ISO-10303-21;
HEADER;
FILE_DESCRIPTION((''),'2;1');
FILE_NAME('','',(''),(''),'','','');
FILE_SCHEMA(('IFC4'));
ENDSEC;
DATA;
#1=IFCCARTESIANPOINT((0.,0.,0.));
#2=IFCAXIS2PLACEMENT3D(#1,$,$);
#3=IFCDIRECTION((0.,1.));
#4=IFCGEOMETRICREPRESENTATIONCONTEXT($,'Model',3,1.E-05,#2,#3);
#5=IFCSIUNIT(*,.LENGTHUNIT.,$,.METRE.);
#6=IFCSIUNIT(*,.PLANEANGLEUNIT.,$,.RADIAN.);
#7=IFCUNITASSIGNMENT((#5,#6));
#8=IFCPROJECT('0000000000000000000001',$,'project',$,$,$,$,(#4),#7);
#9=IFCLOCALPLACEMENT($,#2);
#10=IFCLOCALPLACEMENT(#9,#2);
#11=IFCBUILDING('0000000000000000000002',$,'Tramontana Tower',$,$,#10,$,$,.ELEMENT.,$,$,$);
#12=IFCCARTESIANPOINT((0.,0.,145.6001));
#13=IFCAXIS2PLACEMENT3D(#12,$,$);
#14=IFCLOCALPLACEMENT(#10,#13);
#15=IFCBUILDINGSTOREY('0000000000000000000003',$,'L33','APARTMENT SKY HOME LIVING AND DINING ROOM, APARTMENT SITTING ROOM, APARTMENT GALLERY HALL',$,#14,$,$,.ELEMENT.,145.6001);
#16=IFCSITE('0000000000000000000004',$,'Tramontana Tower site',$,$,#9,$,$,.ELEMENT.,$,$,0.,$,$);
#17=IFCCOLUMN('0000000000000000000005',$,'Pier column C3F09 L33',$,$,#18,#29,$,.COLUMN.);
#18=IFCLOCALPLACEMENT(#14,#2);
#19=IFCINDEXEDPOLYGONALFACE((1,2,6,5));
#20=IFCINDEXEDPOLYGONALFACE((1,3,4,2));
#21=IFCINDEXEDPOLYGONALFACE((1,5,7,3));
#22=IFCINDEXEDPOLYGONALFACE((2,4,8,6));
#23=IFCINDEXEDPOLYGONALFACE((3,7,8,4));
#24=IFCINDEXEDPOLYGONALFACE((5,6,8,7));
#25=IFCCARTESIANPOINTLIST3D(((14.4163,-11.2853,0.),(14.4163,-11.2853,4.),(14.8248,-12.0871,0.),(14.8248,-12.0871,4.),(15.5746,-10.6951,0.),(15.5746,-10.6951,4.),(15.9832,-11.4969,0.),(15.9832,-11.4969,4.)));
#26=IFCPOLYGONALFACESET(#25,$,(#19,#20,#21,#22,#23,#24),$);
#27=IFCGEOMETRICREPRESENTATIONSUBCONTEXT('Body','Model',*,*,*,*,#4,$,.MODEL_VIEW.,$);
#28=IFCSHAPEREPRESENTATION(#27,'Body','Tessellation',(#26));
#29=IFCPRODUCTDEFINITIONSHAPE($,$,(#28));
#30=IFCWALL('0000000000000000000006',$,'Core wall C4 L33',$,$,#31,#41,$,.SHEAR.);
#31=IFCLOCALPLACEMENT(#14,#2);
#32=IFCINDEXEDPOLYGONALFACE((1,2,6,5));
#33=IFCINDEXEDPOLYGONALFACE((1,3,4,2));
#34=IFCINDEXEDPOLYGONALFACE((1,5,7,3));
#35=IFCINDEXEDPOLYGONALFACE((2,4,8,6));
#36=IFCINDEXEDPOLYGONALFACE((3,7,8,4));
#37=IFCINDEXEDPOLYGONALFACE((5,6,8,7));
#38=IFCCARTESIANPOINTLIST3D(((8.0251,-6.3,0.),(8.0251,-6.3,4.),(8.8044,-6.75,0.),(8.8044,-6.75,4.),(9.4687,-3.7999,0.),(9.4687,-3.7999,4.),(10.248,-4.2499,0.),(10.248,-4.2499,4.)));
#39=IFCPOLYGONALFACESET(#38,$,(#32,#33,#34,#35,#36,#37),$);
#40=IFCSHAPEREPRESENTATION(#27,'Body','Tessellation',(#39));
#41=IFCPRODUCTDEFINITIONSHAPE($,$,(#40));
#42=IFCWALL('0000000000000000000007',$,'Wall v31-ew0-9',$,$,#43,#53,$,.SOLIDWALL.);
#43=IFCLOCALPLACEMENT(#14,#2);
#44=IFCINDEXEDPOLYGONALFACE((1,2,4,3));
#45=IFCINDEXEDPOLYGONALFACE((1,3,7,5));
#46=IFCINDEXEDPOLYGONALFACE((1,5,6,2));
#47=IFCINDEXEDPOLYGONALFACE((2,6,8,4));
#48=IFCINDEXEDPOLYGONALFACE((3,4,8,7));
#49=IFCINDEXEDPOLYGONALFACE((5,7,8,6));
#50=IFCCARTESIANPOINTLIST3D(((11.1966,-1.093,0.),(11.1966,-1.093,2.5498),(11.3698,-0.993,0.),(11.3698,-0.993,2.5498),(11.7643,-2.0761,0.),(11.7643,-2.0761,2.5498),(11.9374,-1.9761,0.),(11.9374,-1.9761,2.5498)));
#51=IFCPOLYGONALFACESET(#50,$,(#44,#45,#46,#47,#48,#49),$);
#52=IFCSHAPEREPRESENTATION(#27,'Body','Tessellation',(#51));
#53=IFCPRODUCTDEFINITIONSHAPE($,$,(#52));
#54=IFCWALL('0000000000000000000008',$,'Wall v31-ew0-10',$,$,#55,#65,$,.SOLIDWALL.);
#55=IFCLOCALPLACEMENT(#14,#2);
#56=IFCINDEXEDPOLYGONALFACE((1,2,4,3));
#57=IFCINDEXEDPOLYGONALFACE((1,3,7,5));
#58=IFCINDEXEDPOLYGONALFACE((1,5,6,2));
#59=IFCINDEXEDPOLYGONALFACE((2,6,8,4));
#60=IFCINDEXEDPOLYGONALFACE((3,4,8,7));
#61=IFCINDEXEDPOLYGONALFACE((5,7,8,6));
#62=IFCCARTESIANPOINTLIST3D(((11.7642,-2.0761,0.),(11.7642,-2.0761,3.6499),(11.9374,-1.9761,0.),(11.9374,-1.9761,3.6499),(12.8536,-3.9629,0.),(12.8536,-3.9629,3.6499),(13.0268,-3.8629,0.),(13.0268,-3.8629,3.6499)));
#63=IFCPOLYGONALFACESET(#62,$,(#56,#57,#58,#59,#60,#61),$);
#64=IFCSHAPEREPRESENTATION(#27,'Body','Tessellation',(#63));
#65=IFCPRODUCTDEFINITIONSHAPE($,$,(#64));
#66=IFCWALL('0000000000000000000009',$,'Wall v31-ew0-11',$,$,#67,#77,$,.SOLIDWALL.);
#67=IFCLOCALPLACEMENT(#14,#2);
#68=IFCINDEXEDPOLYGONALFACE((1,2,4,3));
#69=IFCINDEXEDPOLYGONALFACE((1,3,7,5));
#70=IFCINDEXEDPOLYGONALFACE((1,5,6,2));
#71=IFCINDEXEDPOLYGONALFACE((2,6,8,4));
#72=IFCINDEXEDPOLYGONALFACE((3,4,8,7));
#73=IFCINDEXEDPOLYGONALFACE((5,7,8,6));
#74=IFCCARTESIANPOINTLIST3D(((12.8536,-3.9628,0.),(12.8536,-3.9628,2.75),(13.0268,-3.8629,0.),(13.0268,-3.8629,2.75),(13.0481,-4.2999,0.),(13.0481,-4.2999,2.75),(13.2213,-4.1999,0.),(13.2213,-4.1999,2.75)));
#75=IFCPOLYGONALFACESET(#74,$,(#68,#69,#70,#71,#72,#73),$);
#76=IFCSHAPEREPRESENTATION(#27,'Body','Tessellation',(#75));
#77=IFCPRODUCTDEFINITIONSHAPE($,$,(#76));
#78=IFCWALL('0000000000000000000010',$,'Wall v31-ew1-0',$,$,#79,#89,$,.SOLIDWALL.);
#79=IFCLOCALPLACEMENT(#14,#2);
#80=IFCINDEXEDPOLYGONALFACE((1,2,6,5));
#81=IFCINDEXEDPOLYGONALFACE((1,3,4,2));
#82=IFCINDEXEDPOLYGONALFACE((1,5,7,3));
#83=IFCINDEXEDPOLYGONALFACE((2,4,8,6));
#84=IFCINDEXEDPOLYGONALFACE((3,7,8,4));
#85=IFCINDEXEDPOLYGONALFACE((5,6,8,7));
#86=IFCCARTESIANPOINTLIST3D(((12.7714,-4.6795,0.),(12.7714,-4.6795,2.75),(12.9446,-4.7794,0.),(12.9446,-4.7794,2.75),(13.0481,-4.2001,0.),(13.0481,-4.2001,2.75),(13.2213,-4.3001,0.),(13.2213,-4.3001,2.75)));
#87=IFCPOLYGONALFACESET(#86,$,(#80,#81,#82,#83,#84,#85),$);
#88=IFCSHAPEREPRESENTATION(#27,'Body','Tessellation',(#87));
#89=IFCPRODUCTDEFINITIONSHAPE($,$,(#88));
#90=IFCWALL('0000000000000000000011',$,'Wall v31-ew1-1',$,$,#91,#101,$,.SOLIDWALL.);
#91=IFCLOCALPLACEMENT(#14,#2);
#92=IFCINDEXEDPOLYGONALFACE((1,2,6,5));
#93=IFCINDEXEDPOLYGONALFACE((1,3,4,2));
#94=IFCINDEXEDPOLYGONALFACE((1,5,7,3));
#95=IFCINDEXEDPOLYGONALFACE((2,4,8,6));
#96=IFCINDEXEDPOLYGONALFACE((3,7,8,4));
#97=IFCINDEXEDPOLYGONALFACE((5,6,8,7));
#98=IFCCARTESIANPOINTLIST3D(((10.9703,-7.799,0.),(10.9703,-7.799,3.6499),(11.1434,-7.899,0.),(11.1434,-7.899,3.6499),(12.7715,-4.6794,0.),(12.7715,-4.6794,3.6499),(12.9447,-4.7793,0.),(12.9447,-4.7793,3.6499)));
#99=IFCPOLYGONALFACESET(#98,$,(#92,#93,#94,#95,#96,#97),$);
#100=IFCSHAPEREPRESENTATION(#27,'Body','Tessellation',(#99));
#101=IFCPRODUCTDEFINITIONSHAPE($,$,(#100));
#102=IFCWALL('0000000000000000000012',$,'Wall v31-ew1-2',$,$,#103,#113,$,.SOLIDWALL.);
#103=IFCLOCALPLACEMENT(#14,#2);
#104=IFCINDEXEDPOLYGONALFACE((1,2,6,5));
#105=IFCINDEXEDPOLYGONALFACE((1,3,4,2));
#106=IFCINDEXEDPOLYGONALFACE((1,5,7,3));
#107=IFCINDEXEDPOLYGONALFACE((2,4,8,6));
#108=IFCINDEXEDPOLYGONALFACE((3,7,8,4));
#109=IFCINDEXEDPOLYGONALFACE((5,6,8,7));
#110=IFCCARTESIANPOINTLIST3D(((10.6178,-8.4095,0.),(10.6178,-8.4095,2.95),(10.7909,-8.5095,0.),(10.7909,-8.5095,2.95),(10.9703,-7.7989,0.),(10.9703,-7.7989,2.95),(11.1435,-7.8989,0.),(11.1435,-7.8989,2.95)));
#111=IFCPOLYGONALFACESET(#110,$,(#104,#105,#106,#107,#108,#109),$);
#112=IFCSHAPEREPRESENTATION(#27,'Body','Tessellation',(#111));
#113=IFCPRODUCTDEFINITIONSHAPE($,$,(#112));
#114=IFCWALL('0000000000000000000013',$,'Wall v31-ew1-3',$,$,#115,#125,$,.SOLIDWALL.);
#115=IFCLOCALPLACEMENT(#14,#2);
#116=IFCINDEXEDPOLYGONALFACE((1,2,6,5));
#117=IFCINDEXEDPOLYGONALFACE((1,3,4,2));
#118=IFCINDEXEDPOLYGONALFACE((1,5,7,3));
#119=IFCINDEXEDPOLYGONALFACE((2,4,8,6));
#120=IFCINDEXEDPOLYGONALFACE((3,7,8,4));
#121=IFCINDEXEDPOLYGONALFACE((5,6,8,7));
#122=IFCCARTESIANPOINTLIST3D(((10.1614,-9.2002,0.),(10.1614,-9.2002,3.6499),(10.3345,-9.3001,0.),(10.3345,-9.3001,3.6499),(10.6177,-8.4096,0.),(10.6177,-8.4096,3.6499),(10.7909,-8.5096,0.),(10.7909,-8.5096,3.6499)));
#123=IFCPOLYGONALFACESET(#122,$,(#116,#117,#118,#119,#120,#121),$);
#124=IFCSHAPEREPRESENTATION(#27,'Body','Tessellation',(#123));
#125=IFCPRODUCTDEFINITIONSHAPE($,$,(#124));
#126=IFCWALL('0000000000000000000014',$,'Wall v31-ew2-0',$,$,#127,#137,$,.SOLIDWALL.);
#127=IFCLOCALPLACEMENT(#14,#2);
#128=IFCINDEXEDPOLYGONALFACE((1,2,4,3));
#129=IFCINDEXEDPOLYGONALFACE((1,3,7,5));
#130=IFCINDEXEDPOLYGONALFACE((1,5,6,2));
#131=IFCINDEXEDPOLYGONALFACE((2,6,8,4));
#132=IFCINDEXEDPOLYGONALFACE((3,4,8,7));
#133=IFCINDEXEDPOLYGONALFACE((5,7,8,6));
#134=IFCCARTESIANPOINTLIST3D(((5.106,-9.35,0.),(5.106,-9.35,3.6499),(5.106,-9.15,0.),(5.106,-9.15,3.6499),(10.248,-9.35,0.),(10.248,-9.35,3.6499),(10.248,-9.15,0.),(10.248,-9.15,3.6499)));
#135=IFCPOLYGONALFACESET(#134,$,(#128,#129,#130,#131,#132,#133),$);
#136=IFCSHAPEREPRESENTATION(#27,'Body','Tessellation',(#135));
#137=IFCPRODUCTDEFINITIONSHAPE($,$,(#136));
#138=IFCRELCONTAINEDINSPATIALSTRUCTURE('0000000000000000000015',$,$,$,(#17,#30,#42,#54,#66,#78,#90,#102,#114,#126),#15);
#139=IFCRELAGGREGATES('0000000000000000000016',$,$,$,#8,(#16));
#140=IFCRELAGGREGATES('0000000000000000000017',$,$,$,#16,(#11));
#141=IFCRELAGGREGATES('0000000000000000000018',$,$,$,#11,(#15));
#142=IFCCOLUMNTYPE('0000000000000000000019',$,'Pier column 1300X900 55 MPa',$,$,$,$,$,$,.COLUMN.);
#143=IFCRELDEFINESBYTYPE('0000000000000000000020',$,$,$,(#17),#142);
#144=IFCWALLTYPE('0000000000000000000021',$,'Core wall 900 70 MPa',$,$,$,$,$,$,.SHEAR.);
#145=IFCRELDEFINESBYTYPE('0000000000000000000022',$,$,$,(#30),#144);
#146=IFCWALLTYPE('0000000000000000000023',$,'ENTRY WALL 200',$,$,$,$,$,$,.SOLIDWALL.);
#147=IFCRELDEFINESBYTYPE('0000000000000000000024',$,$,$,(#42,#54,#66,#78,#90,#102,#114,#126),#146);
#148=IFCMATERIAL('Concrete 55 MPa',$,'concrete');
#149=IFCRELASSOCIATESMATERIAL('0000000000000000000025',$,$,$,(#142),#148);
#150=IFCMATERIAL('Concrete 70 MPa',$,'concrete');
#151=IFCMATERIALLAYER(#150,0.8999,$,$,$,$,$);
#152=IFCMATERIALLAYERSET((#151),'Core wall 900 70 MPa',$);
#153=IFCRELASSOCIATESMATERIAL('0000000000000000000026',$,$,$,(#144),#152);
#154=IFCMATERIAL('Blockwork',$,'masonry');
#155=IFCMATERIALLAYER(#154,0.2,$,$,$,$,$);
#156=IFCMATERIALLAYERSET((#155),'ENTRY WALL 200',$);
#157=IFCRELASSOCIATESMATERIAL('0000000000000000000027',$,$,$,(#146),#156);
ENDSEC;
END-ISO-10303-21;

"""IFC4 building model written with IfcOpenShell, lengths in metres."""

from ifc_helpers import new_model, si_unit, direction, frame, frame_2d, origin, origin_2d, place, context, subcontext, project, spatial, rectangle, extrude, material, layer, layer_set, material_profile, profile_set, type_object, element, save


model = new_model("IFC4")

# Units and contexts
model_context = context("Model", 3, precision=1e-05, world=origin(), true_north=direction((0.0, 1.0)))
body_context = subcontext(model_context, "Body", "Model", "MODEL_VIEW")
ifc_project = project(units=[si_unit("LENGTHUNIT", "METRE"), si_unit("PLANEANGLEUNIT", "RADIAN")], contexts=[model_context])

# Site, building, storey
site_placement = place(None, origin())
site = spatial("IfcSite", under=ifc_project, at=site_placement, Name="Tramontana Tower site", CompositionType="ELEMENT", RefElevation=0.0)
building_placement = place(site_placement, origin())
building = spatial("IfcBuilding", under=site, at=building_placement, Name="Tramontana Tower", CompositionType="ELEMENT")
storey_placement = place(building_placement, frame((0.0, 0.0, 145.6001)))
storey = spatial("IfcBuildingStorey", under=building, at=storey_placement, Name="L33", Description="APARTMENT SKY HOME LIVING AND DINING ROOM, APARTMENT SITTING ROOM, APARTMENT GALLERY HALL", CompositionType="ELEMENT", Elevation=145.6001)

# Column
ifc_material_1 = material(Name="Concrete 55 MPa", Category="concrete")
ifc_material_profile = material_profile(ifc_material_1, rectangle(XDim=1.3, YDim=0.8999, at=origin_2d()), Name="Pier column 1300X900 55 MPa")
ifc_profile_set = profile_set([ifc_material_profile], Name="Concrete 55 MPa")
column_type = type_object("IfcColumnType", Name="Pier column 1300X900 55 MPa", PredefinedType="COLUMN", material=ifc_profile_set)
column_placement = place(storey_placement, frame((15.1997, -11.3911, 0.0), z_axis=(0.0, 0.0, 1.0), x_axis=(0.891007, 0.45399, 0.0)))
element("IfcColumn", 1, at=column_placement, inside=storey, type_object=column_type, Name="Pier column C3F09 L33", PredefinedType="COLUMN", context=body_context, shape_type="SweptSolid", body=[
    extrude(rectangle(XDim=1.3, YDim=0.8999, at=origin_2d()), origin(), (0.0, 0.0, 1.0), 4.0),
])

# Wall
ifc_material_2 = material(Name="Concrete 70 MPa", Category="concrete")
ifc_layer_1 = layer(ifc_material_2, 0.8999)
ifc_layer_set_1 = layer_set([ifc_layer_1], Name="Core wall 900 70 MPa")
wall_type_1 = type_object("IfcWallType", Name="Core wall 900 70 MPa", PredefinedType="SHEAR", material=ifc_layer_set_1)
wall_1_placement = place(storey_placement, frame((8.4148, -6.5249, 0.0), z_axis=(0.0, 0.0, 1.0), x_axis=(0.500059, 0.865991, 0.0)))
element("IfcWall", 2, at=wall_1_placement, inside=storey, type_object=wall_type_1, Name="Core wall C4 L33", PredefinedType="SHEAR", context=body_context, shape_type="SweptSolid", body=[
    extrude(rectangle(XDim=2.887, YDim=0.8999, at=frame_2d((1.4434, 0.0))), origin(), (0.0, 0.0, 1.0), 4.0),
])

# Walls
ifc_material_3 = material(Name="Blockwork", Category="masonry")
ifc_layer_2 = layer(ifc_material_3, 0.2)
ifc_layer_set_2 = layer_set([ifc_layer_2], Name="ENTRY WALL 200")
wall_type_2 = type_object("IfcWallType", Name="ENTRY WALL 200", PredefinedType="SOLIDWALL", material=ifc_layer_set_2)
wall_2_placement = place(storey_placement, frame((11.2832, -1.043, 0.0), z_axis=(0.0, 0.0, 1.0), x_axis=(0.500002, -0.866024, 0.0)))
element("IfcWall", 3, at=wall_2_placement, inside=storey, type_object=wall_type_2, Name="Wall v31-ew0-9", PredefinedType="SOLIDWALL", context=body_context, shape_type="SweptSolid", body=[
    extrude(rectangle(XDim=1.1353, YDim=0.2, at=frame_2d((0.5676, 0.0))), origin(), (0.0, 0.0, 1.0), 2.5498),
])
wall_3_placement = place(storey_placement, frame((11.8508, -2.0261, 0.0), z_axis=(0.0, 0.0, 1.0), x_axis=(0.50002, -0.866014, 0.0)))
element("IfcWall", 4, at=wall_3_placement, inside=storey, type_object=wall_type_2, Name="Wall v31-ew0-10", PredefinedType="SOLIDWALL", context=body_context, shape_type="SweptSolid", body=[
    extrude(rectangle(XDim=2.1787, YDim=0.2, at=frame_2d((1.0894, 0.0))), origin(), (0.0, 0.0, 1.0), 3.6499),
])
wall_4_placement = place(storey_placement, frame((12.9402, -3.9128, 0.0), z_axis=(0.0, 0.0, 1.0), x_axis=(0.499849, -0.866112, 0.0)))
element("IfcWall", 5, at=wall_4_placement, inside=storey, type_object=wall_type_2, Name="Wall v31-ew0-11", PredefinedType="SOLIDWALL", context=body_context, shape_type="SweptSolid", body=[
    extrude(rectangle(XDim=0.3892, YDim=0.2, at=frame_2d((0.1946, 0.0))), origin(), (0.0, 0.0, 1.0), 2.75),
])
wall_5_placement = place(storey_placement, frame((13.1348, -4.25, 0.0), z_axis=(0.0, 0.0, 1.0), x_axis=(-0.499888, -0.86609, 0.0)))
element("IfcWall", 6, at=wall_5_placement, inside=storey, type_object=wall_type_2, Name="Wall v31-ew1-0", PredefinedType="SOLIDWALL", context=body_context, shape_type="SweptSolid", body=[
    extrude(rectangle(XDim=0.5535, YDim=0.2, at=frame_2d((0.2769, 0.0))), origin(), (0.0, 0.0, 1.0), 2.75),
])
wall_6_placement = place(storey_placement, frame((12.8582, -4.7292, 0.0), z_axis=(0.0, 0.0, 1.0), x_axis=(-0.500031, -0.866007, 0.0)))
element("IfcWall", 7, at=wall_6_placement, inside=storey, type_object=wall_type_2, Name="Wall v31-ew1-1", PredefinedType="SOLIDWALL", context=body_context, shape_type="SweptSolid", body=[
    extrude(rectangle(XDim=3.6023, YDim=0.2, at=frame_2d((1.8013, 0.0))), origin(), (0.0, 0.0, 1.0), 3.6499),
])
wall_7_placement = place(storey_placement, frame((11.0569, -7.8489, 0.0), z_axis=(0.0, 0.0, 1.0), x_axis=(-0.500012, -0.866018, 0.0)))
element("IfcWall", 8, at=wall_7_placement, inside=storey, type_object=wall_type_2, Name="Wall v31-ew1-2", PredefinedType="SOLIDWALL", context=body_context, shape_type="SweptSolid", body=[
    extrude(rectangle(XDim=0.7051, YDim=0.2, at=frame_2d((0.3525, 0.0))), origin(), (0.0, 0.0, 1.0), 2.95),
])
wall_8_placement = place(storey_placement, frame((10.7043, -8.4595, 0.0), z_axis=(0.0, 0.0, 1.0), x_axis=(-0.499908, -0.866079, 0.0)))
element("IfcWall", 9, at=wall_8_placement, inside=storey, type_object=wall_type_2, Name="Wall v31-ew1-3", PredefinedType="SOLIDWALL", context=body_context, shape_type="SweptSolid", body=[
    extrude(rectangle(XDim=0.9128, YDim=0.2, at=frame_2d((0.4565, 0.0))), origin(), (0.0, 0.0, 1.0), 3.6499),
])
wall_9_placement = place(storey_placement, frame((10.248, -9.25, 0.0), z_axis=(0.0, 0.0, 1.0), x_axis=(-1.0, 0.0, 0.0)))
element("IfcWall", 10, at=wall_9_placement, inside=storey, type_object=wall_type_2, Name="Wall v31-ew2-0", PredefinedType="SOLIDWALL", context=body_context, shape_type="SweptSolid", body=[
    extrude(rectangle(XDim=5.1421, YDim=0.2, at=frame_2d((2.571, 0.0))), origin(), (0.0, 0.0, 1.0), 3.6499),
])

save(model, "model.ifc")
